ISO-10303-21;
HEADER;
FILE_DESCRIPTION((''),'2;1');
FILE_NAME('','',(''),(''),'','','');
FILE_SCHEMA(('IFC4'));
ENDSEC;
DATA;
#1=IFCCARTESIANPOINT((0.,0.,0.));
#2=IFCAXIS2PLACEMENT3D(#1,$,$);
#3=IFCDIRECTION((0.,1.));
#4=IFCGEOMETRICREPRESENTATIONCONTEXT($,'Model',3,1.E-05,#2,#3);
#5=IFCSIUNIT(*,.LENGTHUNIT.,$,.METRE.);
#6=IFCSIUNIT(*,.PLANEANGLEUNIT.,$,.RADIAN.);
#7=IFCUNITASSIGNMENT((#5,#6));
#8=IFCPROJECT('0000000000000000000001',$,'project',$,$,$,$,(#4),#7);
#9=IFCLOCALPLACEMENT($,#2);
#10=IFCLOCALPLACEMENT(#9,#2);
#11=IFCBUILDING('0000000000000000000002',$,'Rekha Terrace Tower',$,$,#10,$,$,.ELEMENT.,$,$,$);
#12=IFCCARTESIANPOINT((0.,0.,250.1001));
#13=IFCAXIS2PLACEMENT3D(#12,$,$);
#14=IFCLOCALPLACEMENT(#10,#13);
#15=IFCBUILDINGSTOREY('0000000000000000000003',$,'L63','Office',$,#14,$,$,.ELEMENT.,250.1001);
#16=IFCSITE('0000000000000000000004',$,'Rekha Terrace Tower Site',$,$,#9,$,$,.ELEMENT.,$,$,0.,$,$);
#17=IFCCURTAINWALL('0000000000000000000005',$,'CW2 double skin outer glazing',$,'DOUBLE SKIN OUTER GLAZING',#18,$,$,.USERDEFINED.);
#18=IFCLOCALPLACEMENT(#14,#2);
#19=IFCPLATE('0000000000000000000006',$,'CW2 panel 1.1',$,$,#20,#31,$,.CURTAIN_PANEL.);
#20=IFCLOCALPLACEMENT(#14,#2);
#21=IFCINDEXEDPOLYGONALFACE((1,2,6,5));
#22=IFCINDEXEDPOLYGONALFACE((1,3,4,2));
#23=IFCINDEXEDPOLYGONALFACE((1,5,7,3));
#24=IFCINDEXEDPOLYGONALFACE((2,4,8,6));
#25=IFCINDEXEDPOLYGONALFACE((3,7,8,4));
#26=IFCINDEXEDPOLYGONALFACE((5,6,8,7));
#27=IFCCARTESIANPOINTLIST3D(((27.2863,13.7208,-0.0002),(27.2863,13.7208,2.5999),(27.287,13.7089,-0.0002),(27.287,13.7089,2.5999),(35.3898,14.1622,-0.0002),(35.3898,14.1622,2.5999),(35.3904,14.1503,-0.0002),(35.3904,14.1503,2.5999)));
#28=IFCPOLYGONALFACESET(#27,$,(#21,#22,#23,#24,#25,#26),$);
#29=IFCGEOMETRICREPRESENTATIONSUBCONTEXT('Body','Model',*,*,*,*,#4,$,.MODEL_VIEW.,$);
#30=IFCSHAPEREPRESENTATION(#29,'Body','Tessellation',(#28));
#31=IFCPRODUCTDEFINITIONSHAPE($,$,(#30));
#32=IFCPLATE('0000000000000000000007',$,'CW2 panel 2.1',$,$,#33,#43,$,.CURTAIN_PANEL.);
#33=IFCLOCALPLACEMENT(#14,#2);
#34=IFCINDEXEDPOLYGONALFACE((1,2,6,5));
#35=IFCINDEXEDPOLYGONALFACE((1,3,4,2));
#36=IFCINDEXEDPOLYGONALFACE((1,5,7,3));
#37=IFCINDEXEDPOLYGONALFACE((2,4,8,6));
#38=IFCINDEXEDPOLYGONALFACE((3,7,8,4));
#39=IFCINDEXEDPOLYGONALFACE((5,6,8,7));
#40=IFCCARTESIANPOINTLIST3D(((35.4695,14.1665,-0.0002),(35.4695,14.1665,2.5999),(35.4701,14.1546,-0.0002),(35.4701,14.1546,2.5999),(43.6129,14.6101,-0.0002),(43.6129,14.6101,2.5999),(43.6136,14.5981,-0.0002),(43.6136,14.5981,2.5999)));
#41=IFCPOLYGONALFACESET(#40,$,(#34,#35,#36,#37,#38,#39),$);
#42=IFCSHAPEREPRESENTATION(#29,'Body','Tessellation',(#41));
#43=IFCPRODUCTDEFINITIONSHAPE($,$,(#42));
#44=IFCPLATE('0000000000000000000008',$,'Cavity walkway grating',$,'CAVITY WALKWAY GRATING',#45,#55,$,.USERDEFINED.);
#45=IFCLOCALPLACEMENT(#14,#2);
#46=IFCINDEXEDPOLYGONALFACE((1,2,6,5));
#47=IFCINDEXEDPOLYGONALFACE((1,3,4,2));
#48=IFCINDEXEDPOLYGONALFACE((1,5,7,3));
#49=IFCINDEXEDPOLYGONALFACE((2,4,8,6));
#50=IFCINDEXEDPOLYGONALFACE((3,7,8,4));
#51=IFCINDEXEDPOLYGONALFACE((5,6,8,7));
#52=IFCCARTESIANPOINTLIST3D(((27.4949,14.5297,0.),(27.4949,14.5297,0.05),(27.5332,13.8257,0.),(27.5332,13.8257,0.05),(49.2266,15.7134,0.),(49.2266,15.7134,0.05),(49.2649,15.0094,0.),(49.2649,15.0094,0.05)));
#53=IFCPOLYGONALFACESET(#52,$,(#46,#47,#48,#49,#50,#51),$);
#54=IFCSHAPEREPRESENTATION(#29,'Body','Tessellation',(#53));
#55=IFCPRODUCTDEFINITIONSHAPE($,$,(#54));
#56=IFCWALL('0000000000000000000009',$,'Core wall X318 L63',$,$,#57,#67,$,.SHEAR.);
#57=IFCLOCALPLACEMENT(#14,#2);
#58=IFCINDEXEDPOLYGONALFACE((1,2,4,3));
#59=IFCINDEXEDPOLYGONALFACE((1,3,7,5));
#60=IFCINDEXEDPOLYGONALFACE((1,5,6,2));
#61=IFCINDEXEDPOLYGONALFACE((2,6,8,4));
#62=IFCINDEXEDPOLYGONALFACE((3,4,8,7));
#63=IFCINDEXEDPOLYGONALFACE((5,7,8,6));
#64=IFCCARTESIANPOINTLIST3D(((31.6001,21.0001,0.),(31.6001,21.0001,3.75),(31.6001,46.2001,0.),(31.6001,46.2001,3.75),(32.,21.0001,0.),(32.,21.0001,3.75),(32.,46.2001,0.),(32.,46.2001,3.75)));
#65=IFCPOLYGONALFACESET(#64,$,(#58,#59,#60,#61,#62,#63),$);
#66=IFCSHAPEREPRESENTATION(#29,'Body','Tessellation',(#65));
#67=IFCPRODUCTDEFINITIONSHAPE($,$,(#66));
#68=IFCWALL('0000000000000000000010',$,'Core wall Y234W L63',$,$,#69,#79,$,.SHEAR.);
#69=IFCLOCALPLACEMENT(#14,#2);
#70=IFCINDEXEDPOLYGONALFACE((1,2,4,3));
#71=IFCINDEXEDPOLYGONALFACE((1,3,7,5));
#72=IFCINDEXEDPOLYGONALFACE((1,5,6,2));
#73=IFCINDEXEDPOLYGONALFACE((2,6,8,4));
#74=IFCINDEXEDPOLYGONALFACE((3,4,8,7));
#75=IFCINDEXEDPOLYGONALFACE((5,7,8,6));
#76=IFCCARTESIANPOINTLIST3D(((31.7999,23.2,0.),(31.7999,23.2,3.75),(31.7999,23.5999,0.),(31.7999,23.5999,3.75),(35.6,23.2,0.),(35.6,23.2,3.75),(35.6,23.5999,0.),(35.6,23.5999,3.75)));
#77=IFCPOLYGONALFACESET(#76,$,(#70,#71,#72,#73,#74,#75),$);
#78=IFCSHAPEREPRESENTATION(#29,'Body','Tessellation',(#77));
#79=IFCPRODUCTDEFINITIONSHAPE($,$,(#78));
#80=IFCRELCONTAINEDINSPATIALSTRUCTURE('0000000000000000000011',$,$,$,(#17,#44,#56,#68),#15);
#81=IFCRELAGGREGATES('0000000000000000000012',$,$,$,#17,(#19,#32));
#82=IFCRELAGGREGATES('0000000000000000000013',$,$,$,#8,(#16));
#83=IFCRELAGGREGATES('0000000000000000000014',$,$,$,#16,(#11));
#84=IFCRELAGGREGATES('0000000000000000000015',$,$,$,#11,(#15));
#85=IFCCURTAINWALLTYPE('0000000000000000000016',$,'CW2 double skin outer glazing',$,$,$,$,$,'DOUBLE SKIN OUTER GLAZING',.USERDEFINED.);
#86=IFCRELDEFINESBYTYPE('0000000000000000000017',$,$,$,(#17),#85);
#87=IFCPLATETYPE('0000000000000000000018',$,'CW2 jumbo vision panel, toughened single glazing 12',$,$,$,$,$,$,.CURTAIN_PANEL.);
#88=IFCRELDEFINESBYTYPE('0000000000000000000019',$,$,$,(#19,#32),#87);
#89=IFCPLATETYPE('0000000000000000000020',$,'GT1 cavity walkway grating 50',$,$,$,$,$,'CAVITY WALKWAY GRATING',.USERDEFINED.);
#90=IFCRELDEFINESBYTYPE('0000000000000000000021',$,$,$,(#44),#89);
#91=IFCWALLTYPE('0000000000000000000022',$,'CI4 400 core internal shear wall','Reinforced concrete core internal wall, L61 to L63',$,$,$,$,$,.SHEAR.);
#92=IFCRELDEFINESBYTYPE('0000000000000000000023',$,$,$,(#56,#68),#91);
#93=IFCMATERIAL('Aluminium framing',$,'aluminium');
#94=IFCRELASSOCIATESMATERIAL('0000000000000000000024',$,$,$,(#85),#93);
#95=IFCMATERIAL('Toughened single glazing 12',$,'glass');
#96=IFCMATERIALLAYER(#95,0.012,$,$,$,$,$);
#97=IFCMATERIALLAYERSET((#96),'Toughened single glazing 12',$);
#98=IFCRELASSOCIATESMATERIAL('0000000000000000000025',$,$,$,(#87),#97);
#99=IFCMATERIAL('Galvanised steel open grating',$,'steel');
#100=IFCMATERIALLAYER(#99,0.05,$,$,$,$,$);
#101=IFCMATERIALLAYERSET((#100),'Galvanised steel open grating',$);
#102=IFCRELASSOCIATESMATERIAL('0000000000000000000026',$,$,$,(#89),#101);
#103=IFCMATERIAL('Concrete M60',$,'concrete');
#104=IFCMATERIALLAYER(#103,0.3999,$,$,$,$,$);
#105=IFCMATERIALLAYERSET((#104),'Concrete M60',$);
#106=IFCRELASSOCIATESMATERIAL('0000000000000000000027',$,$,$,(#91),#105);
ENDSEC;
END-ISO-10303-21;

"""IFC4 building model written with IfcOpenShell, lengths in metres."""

from ifc_helpers import new_model, si_unit, direction, frame, frame_2d, origin, origin_2d, place, context, subcontext, project, spatial, rectangle, extrude, material, layer, layer_set, type_object, element, aggregate, save


model = new_model("IFC4")

# Units and contexts
model_context = context("Model", 3, precision=1e-05, world=origin(), true_north=direction((0.0, 1.0)))
body_context = subcontext(model_context, "Body", "Model", "MODEL_VIEW")
ifc_project = project(units=[si_unit("LENGTHUNIT", "METRE"), si_unit("PLANEANGLEUNIT", "RADIAN")], contexts=[model_context])

# Site, building, storey
site_placement = place(None, origin())
site = spatial("IfcSite", under=ifc_project, at=site_placement, Name="Rekha Terrace Tower Site", CompositionType="ELEMENT", RefElevation=0.0)
building_placement = place(site_placement, origin())
building = spatial("IfcBuilding", under=site, at=building_placement, Name="Rekha Terrace Tower", CompositionType="ELEMENT")
storey_placement = place(building_placement, frame((0.0, 0.0, 250.1001)))
storey = spatial("IfcBuildingStorey", under=building, at=storey_placement, Name="L63", Description="Office", CompositionType="ELEMENT", Elevation=250.1001)

# Shared definitions
ifc_material_1 = material(Name="Concrete M60", Category="concrete")

# Curtain wall
ifc_material_2 = material(Name="Aluminium framing", Category="aluminium")
curtain_wall_type_1 = type_object("IfcCurtainWallType", Name="CW2 double skin outer glazing", ElementType="DOUBLE SKIN OUTER GLAZING", PredefinedType="USERDEFINED", material=ifc_material_2)
curtain_wall_1_placement = place(storey_placement, origin())
curtain_wall_1 = element("IfcCurtainWall", 1, at=curtain_wall_1_placement, inside=storey, type_object=curtain_wall_type_1, Name="CW2 double skin outer glazing", ObjectType="DOUBLE SKIN OUTER GLAZING", PredefinedType="USERDEFINED")

# Plates
ifc_material_3 = material(Name="Toughened single glazing 12", Category="glass")
ifc_layer_1 = layer(ifc_material_3, 0.012)
ifc_layer_set_1 = layer_set([ifc_layer_1], Name="Toughened single glazing 12")
plate_type_1 = type_object("IfcPlateType", Name="CW2 jumbo vision panel, toughened single glazing 12", PredefinedType="CURTAIN_PANEL", material=ifc_layer_set_1)
plate_1_placement = place(storey_placement, frame((31.3384, 13.9355, -0.0002), z_axis=(0.0, 0.0, 1.0), x_axis=(0.99852, 0.054389, 0.0)))
plate_1 = element("IfcPlate", 2, at=plate_1_placement, type_object=plate_type_1, Name="CW2 panel 1.1", PredefinedType="CURTAIN_PANEL", context=body_context, shape_type="SweptSolid", body=[
    extrude(rectangle(XDim=8.1155, YDim=0.012, at=origin_2d()), origin(), (0.0, 0.0, 1.0), 2.6001),
])
plate_2_placement = place(storey_placement, frame((39.5415, 14.3823, -0.0002), z_axis=(0.0, 0.0, 1.0), x_axis=(0.99852, 0.054389, 0.0)))
plate_2 = element("IfcPlate", 3, at=plate_2_placement, type_object=plate_type_1, Name="CW2 panel 2.1", PredefinedType="CURTAIN_PANEL", context=body_context, shape_type="SweptSolid", body=[
    extrude(rectangle(XDim=8.1555, YDim=0.012, at=origin_2d()), origin(), (0.0, 0.0, 1.0), 2.6001),
])
aggregate(curtain_wall_1, [plate_1, plate_2])
ifc_material_4 = material(Name="Galvanised steel open grating", Category="steel")
ifc_layer_2 = layer(ifc_material_4, 0.05)
ifc_layer_set_2 = layer_set([ifc_layer_2], Name="Galvanised steel open grating")
plate_type_2 = type_object("IfcPlateType", Name="GT1 cavity walkway grating 50", ElementType="CAVITY WALKWAY GRATING", PredefinedType="USERDEFINED", material=ifc_layer_set_2)
plate_3_placement = place(storey_placement, frame((38.3799, 14.7695, 0.0), z_axis=(0.0, 0.0, 1.0), x_axis=(0.99852, 0.054389, 0.0)))
element("IfcPlate", 4, at=plate_3_placement, inside=storey, type_object=plate_type_2, Name="Cavity walkway grating", ObjectType="CAVITY WALKWAY GRATING", PredefinedType="USERDEFINED", context=body_context, shape_type="SweptSolid", body=[
    extrude(rectangle(XDim=21.7639, YDim=0.7051, at=origin_2d()), origin(), (0.0, 0.0, 1.0), 0.05),
])

# Walls
ifc_layer_3 = layer(ifc_material_1, 0.3999)
ifc_layer_set_3 = layer_set([ifc_layer_3], Name="Concrete M60")
wall_type_1 = type_object("IfcWallType", Name="CI4 400 core internal shear wall", Description="Reinforced concrete core internal wall, L61 to L63", PredefinedType="SHEAR", material=ifc_layer_set_3)
wall_1_placement = place(storey_placement, frame((31.8, 21.0, 0.0), z_axis=(0.0, 0.0, 1.0), x_axis=(0.0, 1.0, 0.0)))
element("IfcWall", 5, at=wall_1_placement, inside=storey, type_object=wall_type_1, Name="Core wall X318 L63", PredefinedType="SHEAR", context=body_context, shape_type="SweptSolid", body=[
    extrude(rectangle(XDim=25.2, YDim=0.3999, at=frame_2d((12.6001, 0.0))), origin(), (0.0, 0.0, 1.0), 3.75),
])
wall_2_placement = place(storey_placement, frame((31.8, 23.3999, 0.0), z_axis=(0.0, 0.0, 1.0), x_axis=(1.0, 0.0, 0.0)))
element("IfcWall", 6, at=wall_2_placement, inside=storey, type_object=wall_type_1, Name="Core wall Y234W L63", PredefinedType="SHEAR", context=body_context, shape_type="SweptSolid", body=[
    extrude(rectangle(XDim=3.8, YDim=0.3999, at=frame_2d((1.8999, 0.0))), origin(), (0.0, 0.0, 1.0), 3.75),
])

save(model, "model.ifc")
